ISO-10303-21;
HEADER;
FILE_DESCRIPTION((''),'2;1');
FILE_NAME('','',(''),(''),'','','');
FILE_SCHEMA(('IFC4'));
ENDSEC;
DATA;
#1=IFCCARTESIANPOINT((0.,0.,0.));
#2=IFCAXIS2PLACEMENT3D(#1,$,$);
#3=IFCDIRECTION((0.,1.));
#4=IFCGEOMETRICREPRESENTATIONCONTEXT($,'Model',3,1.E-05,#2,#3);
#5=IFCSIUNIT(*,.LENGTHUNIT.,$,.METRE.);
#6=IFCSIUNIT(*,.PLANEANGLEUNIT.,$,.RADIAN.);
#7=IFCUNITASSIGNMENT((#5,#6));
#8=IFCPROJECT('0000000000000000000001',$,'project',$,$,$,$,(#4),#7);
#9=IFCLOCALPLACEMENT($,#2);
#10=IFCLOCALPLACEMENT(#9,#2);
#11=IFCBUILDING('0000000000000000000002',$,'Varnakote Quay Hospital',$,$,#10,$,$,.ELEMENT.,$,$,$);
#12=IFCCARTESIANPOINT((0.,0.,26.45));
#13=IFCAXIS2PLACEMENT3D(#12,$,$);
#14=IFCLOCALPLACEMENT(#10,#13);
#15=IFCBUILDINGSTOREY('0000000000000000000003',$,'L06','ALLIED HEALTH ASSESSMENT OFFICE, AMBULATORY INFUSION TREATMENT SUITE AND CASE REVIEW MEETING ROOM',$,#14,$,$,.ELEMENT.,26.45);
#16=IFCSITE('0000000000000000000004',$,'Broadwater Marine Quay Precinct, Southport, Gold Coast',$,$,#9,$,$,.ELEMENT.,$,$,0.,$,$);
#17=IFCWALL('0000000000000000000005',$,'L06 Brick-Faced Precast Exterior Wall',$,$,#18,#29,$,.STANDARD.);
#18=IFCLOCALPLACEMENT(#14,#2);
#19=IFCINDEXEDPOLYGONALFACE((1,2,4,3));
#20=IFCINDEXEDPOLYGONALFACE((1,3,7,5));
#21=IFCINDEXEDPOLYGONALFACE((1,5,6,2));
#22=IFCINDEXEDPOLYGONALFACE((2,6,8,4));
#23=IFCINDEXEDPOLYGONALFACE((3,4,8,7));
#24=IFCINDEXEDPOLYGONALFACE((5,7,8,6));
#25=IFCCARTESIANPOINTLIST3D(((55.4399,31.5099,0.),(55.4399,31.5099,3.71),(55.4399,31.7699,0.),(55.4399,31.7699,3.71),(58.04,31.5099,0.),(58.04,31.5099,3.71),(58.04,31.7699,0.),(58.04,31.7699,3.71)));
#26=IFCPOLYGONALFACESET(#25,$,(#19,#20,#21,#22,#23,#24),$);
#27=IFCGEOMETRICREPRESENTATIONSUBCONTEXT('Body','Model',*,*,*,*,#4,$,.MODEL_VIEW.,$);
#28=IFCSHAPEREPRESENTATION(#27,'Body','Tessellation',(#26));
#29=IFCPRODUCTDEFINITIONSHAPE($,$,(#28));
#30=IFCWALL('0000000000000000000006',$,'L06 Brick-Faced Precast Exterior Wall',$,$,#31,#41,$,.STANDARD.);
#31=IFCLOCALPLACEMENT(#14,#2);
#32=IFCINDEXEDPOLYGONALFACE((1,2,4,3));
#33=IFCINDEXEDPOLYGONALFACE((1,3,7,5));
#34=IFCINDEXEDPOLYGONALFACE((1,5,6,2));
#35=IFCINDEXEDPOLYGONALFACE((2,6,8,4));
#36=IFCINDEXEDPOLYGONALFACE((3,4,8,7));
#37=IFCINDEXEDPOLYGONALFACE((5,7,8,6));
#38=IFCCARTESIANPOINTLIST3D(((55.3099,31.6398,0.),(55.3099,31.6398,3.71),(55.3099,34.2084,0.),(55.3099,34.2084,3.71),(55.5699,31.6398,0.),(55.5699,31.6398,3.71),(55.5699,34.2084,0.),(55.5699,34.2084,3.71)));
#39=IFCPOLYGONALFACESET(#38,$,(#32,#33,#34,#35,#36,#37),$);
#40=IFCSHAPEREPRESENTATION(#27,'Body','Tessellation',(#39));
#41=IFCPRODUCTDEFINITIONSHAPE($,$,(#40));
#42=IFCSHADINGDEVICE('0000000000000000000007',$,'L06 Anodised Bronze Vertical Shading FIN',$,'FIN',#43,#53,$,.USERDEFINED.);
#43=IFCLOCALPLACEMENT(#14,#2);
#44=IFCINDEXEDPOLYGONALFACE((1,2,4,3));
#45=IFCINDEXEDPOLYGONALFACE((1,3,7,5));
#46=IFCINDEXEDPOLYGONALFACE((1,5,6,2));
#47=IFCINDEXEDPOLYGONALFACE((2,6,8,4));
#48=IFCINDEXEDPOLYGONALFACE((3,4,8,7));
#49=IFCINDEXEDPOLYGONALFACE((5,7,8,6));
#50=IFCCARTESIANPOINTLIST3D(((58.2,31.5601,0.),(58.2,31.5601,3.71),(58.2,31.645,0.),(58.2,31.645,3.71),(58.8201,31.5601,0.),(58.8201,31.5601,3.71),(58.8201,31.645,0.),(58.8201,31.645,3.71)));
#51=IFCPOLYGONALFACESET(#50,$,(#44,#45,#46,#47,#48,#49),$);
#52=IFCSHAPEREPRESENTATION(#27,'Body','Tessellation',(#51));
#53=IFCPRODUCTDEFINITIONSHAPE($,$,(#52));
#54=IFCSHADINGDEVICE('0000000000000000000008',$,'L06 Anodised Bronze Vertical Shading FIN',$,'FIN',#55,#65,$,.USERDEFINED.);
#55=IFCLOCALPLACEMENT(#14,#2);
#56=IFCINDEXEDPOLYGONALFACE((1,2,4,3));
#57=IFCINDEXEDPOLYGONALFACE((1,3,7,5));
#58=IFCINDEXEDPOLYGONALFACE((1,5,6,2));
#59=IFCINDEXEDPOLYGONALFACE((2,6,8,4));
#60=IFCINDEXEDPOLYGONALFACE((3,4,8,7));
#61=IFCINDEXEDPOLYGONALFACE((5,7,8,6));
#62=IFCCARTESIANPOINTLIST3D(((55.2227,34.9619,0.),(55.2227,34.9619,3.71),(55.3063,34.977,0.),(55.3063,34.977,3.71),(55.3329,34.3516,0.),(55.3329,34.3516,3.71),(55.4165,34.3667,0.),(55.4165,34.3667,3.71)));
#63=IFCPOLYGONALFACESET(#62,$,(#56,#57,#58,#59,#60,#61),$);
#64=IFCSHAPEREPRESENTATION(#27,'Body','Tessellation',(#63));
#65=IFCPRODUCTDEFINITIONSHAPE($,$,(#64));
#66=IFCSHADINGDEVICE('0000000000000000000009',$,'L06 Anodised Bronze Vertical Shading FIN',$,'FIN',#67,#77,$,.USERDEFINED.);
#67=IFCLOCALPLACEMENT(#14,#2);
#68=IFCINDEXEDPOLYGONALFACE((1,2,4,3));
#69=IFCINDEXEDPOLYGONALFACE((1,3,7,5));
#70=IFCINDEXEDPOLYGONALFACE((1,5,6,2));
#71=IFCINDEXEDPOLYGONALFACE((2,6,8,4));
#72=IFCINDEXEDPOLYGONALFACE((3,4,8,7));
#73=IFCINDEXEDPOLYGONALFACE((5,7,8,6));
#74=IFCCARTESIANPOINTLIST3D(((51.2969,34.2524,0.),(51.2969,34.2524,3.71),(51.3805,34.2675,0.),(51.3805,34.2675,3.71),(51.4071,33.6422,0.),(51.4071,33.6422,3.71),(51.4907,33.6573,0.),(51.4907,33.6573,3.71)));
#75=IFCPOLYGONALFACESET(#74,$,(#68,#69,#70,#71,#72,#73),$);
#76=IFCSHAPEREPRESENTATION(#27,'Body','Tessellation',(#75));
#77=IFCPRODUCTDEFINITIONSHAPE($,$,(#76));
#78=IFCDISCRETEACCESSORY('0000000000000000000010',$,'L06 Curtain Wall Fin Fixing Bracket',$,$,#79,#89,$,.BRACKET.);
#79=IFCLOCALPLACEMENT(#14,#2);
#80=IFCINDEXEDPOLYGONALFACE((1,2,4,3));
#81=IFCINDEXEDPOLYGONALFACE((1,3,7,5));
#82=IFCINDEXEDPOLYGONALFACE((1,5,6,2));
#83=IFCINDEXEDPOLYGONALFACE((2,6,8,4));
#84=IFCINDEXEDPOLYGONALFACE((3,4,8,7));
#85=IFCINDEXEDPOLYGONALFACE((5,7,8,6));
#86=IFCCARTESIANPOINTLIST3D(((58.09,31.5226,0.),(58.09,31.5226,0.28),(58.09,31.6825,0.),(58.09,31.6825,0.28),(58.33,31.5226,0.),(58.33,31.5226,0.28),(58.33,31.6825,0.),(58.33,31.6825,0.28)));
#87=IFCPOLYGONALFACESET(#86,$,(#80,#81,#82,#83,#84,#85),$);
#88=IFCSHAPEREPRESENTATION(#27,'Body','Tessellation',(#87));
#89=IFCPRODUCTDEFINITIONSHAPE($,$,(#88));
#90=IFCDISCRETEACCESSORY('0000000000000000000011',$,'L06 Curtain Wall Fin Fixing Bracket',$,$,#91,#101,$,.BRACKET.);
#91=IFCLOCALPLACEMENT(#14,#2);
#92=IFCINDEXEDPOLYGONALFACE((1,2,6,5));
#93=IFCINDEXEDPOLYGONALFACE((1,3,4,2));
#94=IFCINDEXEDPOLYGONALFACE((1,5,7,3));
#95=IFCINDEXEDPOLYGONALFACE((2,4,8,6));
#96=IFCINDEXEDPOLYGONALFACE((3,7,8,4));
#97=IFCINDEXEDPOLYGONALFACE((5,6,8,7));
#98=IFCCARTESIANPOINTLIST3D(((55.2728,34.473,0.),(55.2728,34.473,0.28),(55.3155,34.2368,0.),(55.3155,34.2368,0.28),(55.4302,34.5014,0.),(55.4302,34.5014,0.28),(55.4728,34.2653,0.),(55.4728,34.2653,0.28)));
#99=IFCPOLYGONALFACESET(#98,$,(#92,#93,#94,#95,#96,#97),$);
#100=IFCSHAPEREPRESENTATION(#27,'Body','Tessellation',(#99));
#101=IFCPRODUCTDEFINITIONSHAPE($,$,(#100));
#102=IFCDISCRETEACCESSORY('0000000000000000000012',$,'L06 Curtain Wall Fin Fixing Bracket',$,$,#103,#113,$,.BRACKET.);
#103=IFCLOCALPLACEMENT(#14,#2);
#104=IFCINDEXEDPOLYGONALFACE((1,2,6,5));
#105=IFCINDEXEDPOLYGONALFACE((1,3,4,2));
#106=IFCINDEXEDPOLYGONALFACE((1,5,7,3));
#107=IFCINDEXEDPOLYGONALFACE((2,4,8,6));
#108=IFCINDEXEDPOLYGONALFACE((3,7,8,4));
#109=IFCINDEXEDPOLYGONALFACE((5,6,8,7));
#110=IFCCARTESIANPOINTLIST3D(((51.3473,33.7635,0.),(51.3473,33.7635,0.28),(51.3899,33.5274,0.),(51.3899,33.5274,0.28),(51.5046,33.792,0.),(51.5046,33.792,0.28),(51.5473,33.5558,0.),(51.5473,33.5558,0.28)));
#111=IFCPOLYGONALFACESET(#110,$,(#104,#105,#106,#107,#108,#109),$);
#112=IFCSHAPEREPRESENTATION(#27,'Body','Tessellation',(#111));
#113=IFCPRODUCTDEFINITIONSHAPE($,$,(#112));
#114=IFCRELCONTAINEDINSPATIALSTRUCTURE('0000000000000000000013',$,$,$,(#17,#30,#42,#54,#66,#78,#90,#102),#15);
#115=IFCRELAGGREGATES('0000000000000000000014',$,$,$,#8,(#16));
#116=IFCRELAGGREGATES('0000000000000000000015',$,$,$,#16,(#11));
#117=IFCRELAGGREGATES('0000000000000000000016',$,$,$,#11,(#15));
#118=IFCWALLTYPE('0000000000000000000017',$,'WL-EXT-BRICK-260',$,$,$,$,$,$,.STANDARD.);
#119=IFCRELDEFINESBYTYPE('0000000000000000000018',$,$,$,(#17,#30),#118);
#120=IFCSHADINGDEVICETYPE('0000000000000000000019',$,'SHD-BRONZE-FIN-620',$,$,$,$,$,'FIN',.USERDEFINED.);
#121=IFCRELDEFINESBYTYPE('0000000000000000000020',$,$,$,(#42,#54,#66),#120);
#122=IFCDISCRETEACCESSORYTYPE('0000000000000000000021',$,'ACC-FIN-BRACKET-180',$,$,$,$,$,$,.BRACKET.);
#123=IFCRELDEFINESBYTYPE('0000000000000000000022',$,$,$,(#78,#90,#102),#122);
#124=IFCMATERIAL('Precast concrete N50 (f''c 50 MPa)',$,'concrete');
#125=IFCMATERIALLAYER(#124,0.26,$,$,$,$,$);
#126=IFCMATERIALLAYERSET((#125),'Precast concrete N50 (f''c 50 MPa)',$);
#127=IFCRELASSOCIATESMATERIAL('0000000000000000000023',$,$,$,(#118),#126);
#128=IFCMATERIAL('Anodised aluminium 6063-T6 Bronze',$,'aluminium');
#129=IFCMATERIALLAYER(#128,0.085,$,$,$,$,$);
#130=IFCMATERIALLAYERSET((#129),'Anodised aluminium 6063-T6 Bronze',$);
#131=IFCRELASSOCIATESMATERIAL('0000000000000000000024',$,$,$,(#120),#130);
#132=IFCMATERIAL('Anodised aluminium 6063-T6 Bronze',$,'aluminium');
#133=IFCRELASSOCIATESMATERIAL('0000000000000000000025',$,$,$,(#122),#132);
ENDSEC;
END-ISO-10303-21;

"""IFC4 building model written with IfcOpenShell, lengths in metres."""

from ifc_helpers import new_model, si_unit, direction, frame, frame_2d, origin, origin_2d, place, context, subcontext, project, spatial, rectangle, extrude, material, layer, layer_set, type_object, element, save


model = new_model("IFC4")

# Units and contexts
model_context = context("Model", 3, precision=1e-05, world=origin(), true_north=direction((0.0, 1.0)))
body_context = subcontext(model_context, "Body", "Model", "MODEL_VIEW")
ifc_project = project(units=[si_unit("LENGTHUNIT", "METRE"), si_unit("PLANEANGLEUNIT", "RADIAN")], contexts=[model_context])

# Site, building, storey
site_placement = place(None, origin())
site = spatial("IfcSite", under=ifc_project, at=site_placement, Name="Broadwater Marine Quay Precinct, Southport, Gold Coast", CompositionType="ELEMENT", RefElevation=0.0)
building_placement = place(site_placement, origin())
building = spatial("IfcBuilding", under=site, at=building_placement, Name="Varnakote Quay Hospital", CompositionType="ELEMENT")
storey_placement = place(building_placement, frame((0.0, 0.0, 26.45)))
storey = spatial("IfcBuildingStorey", under=building, at=storey_placement, Name="L06", Description="ALLIED HEALTH ASSESSMENT OFFICE, AMBULATORY INFUSION TREATMENT SUITE AND CASE REVIEW MEETING ROOM", CompositionType="ELEMENT", Elevation=26.45)

# Walls
ifc_material_1 = material(Name="Precast concrete N50 (f'c 50 MPa)", Category="concrete")
ifc_layer_1 = layer(ifc_material_1, 0.26)
ifc_layer_set_1 = layer_set([ifc_layer_1], Name="Precast concrete N50 (f'c 50 MPa)")
wall_type = type_object("IfcWallType", Name="WL-EXT-BRICK-260", PredefinedType="STANDARD", material=ifc_layer_set_1)
wall_1_placement = place(storey_placement, frame((58.04, 31.6399, 0.0), z_axis=(0.0, 0.0, 1.0), x_axis=(-1.0, 0.0, 0.0)))
element("IfcWall", 1, at=wall_1_placement, inside=storey, type_object=wall_type, Name="L06 Brick-Faced Precast Exterior Wall", PredefinedType="STANDARD", context=body_context, shape_type="SweptSolid", body=[
    extrude(rectangle(XDim=2.6001, YDim=0.26, at=frame_2d((1.3, 0.0))), origin(), (0.0, 0.0, 1.0), 3.71),
])
wall_2_placement = place(storey_placement, frame((55.4399, 31.6399, 0.0), z_axis=(0.0, 0.0, 1.0), x_axis=(0.0, 1.0, 0.0)))
element("IfcWall", 2, at=wall_2_placement, inside=storey, type_object=wall_type, Name="L06 Brick-Faced Precast Exterior Wall", PredefinedType="STANDARD", context=body_context, shape_type="SweptSolid", body=[
    extrude(rectangle(XDim=2.5686, YDim=0.26, at=frame_2d((1.2842, 0.0))), origin(), (0.0, 0.0, 1.0), 3.71),
])

# Shading devices
ifc_material_2 = material(Name="Anodised aluminium 6063-T6 Bronze", Category="aluminium")
ifc_layer_2 = layer(ifc_material_2, 0.085)
ifc_layer_set_2 = layer_set([ifc_layer_2], Name="Anodised aluminium 6063-T6 Bronze")
shading_device_type = type_object("IfcShadingDeviceType", Name="SHD-BRONZE-FIN-620", ElementType="FIN", PredefinedType="USERDEFINED", material=ifc_layer_set_2)
for number, where, z_axis, x_axis, name in (
    (3, (58.51, 31.6025, 0.0), (0.0, 0.0, 1.0), (-1.0, 0.0, 0.0), "L06 Anodised Bronze Vertical Shading FIN"),
    (4, (55.3196, 34.6643, 0.0), (0.0, 0.0, 1.0), (0.177772, -0.984072, 0.0), "L06 Anodised Bronze Vertical Shading FIN"),
    (5, (51.3938, 33.9548, 0.0), (0.0, 0.0, 1.0), (0.177772, -0.984072, 0.0), "L06 Anodised Bronze Vertical Shading FIN"),
):
    element("IfcShadingDevice", number, at=place(storey_placement, frame(where, z_axis=z_axis, x_axis=x_axis)), inside=storey, type_object=shading_device_type, Name=name, ObjectType="FIN", PredefinedType="USERDEFINED", context=body_context, shape_type="SweptSolid", body=[
        extrude(rectangle(XDim=0.6201, YDim=0.085, at=origin_2d()), origin(), (0.0, 0.0, 1.0), 3.71),
    ])

# Discrete accessories
ifc_material_3 = material(Name="Anodised aluminium 6063-T6 Bronze", Category="aluminium")
discrete_accessory_type = type_object("IfcDiscreteAccessoryType", Name="ACC-FIN-BRACKET-180", PredefinedType="BRACKET", material=ifc_material_3)
for number, where, z_axis, x_axis, name in (
    (6, (58.21, 31.6025, 0.0), (0.0, 0.0, 1.0), (0.0, 1.0, 0.0), "L06 Curtain Wall Fin Fixing Bracket"),
    (7, (55.3728, 34.3691, 0.0), (0.0, 0.0, 1.0), (-0.984072, -0.177772, 0.0), "L06 Curtain Wall Fin Fixing Bracket"),
    (8, (51.4473, 33.6597, 0.0), (0.0, 0.0, 1.0), (-0.984072, -0.177772, 0.0), "L06 Curtain Wall Fin Fixing Bracket"),
):
    element("IfcDiscreteAccessory", number, at=place(storey_placement, frame(where, z_axis=z_axis, x_axis=x_axis)), inside=storey, type_object=discrete_accessory_type, Name=name, PredefinedType="BRACKET", context=body_context, shape_type="SweptSolid", body=[
        extrude(rectangle(XDim=0.1599, YDim=0.24, at=origin_2d()), origin(), (0.0, 0.0, 1.0), 0.28),
    ])

save(model, "model.ifc")
